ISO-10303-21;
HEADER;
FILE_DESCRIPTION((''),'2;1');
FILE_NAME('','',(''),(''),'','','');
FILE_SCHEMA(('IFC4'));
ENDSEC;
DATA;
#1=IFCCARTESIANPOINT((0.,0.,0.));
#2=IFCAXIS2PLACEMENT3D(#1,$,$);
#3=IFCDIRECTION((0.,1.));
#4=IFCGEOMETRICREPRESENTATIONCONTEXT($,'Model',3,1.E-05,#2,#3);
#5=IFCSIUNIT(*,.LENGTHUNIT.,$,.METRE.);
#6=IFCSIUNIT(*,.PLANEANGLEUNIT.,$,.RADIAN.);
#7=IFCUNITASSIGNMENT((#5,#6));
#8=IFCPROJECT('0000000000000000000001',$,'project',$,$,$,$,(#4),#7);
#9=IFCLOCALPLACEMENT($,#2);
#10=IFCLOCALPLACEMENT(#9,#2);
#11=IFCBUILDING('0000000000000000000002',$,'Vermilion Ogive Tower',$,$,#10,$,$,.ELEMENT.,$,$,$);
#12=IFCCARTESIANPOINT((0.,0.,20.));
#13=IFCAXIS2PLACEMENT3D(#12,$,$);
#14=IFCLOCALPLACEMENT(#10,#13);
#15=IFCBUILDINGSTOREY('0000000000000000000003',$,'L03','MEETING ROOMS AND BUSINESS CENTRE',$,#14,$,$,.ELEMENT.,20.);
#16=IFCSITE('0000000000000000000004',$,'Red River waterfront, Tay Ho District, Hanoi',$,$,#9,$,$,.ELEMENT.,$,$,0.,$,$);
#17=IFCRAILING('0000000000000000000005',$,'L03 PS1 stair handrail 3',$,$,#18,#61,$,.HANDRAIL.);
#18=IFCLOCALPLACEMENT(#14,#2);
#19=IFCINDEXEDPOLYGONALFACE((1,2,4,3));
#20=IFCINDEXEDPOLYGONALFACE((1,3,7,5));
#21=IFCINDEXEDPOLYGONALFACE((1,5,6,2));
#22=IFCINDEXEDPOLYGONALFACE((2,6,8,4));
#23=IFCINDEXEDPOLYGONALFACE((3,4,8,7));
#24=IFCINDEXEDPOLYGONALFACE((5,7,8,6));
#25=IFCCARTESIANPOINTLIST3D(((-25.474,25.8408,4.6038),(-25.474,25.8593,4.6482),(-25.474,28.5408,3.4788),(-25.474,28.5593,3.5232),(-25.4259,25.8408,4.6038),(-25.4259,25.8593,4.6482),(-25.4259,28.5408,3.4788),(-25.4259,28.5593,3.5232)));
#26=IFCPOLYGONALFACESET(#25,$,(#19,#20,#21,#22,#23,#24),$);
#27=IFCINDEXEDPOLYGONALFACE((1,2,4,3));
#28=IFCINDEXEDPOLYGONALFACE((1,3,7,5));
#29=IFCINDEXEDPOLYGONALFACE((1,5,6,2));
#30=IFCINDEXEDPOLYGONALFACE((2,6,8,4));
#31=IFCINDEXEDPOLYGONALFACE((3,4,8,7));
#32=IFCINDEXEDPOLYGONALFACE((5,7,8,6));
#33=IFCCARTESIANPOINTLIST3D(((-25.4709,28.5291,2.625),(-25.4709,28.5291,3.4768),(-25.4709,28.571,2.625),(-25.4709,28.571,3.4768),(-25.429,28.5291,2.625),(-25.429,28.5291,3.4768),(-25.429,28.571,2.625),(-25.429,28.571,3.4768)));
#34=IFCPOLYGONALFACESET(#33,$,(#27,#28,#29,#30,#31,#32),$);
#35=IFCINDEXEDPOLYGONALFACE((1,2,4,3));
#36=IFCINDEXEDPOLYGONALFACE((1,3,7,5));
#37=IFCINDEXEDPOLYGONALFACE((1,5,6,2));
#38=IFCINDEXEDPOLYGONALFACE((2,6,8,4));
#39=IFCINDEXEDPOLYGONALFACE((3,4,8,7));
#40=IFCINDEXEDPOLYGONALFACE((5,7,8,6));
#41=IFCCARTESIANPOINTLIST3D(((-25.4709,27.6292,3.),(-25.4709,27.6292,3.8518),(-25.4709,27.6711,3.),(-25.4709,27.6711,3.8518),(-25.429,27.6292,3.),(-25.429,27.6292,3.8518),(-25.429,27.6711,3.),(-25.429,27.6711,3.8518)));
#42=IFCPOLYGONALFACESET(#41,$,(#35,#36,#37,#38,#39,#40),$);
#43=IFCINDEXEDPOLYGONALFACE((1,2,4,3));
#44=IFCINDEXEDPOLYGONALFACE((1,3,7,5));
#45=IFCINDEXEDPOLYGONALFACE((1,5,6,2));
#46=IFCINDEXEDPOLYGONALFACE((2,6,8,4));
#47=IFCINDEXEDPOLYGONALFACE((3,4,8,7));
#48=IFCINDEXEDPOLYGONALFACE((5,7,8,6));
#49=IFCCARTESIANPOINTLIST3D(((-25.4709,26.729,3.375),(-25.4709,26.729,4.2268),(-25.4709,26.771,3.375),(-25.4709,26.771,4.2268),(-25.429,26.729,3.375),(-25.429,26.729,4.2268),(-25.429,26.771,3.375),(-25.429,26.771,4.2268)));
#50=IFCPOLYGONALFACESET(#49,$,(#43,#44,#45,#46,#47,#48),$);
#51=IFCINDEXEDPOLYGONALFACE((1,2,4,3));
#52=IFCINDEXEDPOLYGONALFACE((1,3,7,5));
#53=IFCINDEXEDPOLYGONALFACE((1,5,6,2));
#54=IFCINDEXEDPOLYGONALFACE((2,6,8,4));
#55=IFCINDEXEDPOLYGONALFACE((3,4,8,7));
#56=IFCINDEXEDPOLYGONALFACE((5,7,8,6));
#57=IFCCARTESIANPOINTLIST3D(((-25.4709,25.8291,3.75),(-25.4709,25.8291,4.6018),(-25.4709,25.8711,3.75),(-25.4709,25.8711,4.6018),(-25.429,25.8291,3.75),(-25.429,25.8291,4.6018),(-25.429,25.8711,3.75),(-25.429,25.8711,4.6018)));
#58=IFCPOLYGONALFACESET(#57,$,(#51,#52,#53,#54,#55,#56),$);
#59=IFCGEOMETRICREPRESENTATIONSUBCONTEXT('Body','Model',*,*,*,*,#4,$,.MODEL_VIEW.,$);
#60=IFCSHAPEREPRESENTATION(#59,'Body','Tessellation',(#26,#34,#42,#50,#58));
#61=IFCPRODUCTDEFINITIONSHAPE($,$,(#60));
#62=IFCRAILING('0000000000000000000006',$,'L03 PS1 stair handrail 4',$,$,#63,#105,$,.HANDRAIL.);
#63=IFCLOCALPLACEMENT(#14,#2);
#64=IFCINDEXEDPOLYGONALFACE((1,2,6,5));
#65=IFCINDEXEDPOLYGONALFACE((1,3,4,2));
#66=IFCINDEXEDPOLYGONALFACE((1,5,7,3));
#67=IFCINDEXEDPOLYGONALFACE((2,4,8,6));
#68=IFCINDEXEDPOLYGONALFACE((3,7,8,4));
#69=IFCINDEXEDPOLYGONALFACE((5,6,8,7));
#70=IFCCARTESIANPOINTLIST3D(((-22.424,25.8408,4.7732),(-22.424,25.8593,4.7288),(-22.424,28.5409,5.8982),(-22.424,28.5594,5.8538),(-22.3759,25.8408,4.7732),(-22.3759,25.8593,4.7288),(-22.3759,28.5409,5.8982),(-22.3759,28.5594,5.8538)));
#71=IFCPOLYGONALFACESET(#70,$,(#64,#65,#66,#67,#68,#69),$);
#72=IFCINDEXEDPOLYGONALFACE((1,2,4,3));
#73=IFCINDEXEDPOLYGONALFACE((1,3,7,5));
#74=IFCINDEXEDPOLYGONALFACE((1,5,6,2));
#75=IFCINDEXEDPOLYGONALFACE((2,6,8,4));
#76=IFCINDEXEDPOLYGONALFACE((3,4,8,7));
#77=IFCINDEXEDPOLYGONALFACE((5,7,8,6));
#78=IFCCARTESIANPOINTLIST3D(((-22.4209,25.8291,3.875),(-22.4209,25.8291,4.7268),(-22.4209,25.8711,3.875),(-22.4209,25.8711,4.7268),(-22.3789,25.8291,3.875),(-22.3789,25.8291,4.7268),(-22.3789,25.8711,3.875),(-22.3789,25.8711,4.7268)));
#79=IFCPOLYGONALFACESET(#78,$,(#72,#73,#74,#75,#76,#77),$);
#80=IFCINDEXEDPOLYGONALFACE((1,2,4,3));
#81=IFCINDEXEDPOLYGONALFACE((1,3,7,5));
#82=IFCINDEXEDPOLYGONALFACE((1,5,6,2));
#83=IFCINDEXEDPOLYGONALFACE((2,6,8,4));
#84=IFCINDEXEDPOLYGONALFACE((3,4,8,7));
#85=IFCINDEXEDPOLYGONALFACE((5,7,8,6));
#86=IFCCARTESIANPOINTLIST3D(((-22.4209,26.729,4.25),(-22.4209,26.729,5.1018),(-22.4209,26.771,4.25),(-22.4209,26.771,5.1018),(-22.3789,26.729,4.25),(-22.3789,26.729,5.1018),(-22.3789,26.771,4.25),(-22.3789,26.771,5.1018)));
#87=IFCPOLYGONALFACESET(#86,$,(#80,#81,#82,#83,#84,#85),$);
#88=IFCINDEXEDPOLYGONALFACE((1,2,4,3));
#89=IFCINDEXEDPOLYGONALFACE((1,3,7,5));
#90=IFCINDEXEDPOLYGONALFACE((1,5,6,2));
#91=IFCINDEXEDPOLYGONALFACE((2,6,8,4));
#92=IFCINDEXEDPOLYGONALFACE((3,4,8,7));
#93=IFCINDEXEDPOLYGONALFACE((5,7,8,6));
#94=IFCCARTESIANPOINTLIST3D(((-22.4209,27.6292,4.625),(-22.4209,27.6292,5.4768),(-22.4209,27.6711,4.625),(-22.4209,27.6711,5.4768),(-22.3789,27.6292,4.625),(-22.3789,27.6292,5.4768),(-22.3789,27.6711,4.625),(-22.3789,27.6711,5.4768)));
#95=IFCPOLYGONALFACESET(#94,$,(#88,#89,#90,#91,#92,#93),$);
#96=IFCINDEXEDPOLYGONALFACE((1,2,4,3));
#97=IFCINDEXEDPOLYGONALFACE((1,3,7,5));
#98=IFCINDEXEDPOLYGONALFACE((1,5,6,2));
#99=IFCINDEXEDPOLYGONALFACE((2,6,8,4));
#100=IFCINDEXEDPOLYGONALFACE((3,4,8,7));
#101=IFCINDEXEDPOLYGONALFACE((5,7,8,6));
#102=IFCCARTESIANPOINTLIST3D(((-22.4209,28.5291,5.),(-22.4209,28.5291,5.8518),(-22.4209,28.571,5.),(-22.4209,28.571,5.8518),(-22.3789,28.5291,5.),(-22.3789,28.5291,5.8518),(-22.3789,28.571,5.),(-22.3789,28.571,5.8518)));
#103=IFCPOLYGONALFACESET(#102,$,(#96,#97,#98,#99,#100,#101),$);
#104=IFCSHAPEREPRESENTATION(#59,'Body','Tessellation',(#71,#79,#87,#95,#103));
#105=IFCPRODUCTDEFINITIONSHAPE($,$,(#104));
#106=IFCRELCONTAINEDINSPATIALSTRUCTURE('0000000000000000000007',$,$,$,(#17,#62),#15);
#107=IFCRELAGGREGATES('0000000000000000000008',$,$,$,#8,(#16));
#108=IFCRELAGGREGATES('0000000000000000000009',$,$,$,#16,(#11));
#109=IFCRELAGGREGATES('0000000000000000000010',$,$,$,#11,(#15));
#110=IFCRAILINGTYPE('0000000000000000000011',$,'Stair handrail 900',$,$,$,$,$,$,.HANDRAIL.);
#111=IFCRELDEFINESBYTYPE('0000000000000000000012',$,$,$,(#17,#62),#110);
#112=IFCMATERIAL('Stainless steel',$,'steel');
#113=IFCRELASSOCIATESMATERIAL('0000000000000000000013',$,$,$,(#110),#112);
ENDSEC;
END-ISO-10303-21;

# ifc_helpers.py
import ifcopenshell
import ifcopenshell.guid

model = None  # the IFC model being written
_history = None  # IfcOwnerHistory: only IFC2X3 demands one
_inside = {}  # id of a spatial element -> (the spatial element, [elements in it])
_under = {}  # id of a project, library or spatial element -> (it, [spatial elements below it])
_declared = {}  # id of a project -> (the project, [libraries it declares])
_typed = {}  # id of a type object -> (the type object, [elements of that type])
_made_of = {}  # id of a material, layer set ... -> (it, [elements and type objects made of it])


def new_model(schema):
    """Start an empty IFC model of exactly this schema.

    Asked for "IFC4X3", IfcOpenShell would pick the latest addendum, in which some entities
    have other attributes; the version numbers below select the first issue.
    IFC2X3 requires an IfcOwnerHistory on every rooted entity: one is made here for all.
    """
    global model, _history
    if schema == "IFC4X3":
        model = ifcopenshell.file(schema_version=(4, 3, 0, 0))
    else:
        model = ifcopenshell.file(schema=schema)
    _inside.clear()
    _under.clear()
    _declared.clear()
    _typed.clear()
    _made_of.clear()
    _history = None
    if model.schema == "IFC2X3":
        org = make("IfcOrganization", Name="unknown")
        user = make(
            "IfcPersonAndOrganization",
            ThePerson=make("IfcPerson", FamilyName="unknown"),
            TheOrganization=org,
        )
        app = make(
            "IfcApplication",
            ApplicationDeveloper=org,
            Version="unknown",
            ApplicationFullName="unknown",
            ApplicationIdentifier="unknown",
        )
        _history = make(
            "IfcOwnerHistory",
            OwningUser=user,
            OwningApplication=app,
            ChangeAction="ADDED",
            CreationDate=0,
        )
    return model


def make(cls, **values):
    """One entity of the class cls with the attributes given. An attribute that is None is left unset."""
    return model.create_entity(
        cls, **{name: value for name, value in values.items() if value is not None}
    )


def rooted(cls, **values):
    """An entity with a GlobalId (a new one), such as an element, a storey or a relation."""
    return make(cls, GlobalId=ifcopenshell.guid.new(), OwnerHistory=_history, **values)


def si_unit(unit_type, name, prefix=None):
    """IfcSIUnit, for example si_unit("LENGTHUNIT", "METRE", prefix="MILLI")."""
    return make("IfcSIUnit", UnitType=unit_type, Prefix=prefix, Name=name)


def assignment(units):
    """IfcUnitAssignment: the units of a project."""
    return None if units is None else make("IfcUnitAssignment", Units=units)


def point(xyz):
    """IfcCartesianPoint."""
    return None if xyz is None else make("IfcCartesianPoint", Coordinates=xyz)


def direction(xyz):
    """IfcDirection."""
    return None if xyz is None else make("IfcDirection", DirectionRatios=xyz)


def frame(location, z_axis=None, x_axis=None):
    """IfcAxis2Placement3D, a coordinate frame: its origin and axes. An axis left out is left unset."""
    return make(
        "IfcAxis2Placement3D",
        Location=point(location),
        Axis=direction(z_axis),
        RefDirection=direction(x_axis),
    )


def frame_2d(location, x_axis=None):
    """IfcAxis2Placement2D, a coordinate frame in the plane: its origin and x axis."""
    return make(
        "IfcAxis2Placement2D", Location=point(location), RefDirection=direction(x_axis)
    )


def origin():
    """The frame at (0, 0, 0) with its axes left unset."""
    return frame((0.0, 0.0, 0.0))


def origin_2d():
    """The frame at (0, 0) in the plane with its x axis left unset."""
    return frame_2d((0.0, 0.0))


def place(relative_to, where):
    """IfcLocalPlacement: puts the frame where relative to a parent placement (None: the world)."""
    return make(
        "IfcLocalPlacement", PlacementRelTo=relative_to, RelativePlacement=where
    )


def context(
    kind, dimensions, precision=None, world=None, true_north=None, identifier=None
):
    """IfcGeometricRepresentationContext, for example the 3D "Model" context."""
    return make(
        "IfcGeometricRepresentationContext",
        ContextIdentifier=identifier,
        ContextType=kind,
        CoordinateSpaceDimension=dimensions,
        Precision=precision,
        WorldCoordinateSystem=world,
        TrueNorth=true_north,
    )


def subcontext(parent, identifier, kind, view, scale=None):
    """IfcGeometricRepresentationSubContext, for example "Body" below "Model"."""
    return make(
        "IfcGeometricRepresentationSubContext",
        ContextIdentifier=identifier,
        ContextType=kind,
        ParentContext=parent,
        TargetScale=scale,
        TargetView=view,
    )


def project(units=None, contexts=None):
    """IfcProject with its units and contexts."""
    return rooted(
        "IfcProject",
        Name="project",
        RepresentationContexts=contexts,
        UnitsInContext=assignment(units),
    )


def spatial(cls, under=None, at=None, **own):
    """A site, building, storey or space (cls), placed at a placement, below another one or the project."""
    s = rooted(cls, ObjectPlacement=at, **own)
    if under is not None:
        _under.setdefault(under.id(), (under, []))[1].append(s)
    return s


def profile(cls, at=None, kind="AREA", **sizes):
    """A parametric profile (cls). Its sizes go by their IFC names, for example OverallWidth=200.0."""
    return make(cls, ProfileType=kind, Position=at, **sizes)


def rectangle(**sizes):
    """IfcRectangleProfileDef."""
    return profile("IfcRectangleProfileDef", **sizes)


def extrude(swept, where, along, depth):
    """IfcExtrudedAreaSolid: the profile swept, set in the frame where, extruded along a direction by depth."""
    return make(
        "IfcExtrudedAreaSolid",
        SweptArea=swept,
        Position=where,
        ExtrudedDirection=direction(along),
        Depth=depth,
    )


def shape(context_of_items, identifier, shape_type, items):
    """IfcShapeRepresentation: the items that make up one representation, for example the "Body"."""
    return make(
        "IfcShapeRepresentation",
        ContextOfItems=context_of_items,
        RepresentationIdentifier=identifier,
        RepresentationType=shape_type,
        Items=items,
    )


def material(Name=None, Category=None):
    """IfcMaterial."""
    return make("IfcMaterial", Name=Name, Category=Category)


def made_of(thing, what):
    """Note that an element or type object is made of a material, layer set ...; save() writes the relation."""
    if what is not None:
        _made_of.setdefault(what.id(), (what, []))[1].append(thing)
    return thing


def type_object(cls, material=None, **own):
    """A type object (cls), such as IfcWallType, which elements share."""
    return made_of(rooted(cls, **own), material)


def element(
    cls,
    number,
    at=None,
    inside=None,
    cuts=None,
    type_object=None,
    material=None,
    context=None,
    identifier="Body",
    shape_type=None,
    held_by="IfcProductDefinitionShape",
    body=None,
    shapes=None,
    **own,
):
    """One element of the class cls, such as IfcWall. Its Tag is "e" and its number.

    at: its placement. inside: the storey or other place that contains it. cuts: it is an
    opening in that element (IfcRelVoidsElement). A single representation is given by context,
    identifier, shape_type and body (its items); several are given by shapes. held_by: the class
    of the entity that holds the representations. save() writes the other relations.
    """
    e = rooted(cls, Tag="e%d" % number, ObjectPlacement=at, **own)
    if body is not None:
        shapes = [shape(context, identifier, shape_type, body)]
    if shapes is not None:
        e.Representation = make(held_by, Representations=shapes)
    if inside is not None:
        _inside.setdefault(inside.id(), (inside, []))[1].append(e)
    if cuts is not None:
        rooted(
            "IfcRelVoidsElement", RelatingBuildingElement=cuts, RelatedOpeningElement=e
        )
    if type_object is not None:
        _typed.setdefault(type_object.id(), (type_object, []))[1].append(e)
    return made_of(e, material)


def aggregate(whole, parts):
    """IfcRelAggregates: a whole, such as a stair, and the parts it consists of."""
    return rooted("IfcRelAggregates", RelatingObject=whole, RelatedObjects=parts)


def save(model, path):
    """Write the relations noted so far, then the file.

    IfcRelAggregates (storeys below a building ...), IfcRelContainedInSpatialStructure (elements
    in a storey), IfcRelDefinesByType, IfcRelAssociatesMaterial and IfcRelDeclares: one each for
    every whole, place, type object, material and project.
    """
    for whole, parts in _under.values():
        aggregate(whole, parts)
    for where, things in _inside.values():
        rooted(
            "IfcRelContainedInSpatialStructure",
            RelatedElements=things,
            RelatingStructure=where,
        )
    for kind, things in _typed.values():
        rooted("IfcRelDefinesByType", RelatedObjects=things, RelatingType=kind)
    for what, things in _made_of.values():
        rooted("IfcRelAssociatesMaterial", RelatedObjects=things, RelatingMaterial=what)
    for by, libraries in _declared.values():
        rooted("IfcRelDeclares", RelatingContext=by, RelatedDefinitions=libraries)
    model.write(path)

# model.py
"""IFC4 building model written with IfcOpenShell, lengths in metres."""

from ifc_helpers import new_model, si_unit, direction, frame, origin, origin_2d, place, context, subcontext, project, spatial, rectangle, extrude, material, type_object, element, save


model = new_model("IFC4")

# Units and contexts
model_context = context("Model", 3, precision=1e-05, world=origin(), true_north=direction((0.0, 1.0)))
body_context = subcontext(model_context, "Body", "Model", "MODEL_VIEW")
ifc_project = project(units=[si_unit("LENGTHUNIT", "METRE"), si_unit("PLANEANGLEUNIT", "RADIAN")], contexts=[model_context])

# Site, building, storey
site_placement = place(None, origin())
site = spatial("IfcSite", under=ifc_project, at=site_placement, Name="Red River waterfront, Tay Ho District, Hanoi", CompositionType="ELEMENT", RefElevation=0.0)
building_placement = place(site_placement, origin())
building = spatial("IfcBuilding", under=site, at=building_placement, Name="Vermilion Ogive Tower", CompositionType="ELEMENT")
storey_placement = place(building_placement, frame((0.0, 0.0, 20.0)))
storey = spatial("IfcBuildingStorey", under=building, at=storey_placement, Name="L03", Description="MEETING ROOMS AND BUSINESS CENTRE", CompositionType="ELEMENT", Elevation=20.0)

# Railings
ifc_material_1 = material(Name="Stainless steel", Category="steel")
railing_type_1 = type_object("IfcRailingType", Name="Stair handrail 900", PredefinedType="HANDRAIL", material=ifc_material_1)
for number, where, name in (
    (1, (-25.45, 28.55, 2.625), "L03 PS1 stair handrail 3"),
):
    element("IfcRailing", number, at=place(storey_placement, frame(where)), inside=storey, type_object=railing_type_1, Name=name, PredefinedType="HANDRAIL", context=body_context, shape_type="SweptSolid", body=[
        extrude(rectangle(XDim=0.0481, YDim=0.0481, at=origin_2d()), frame((0.0, 0.0, 0.876), z_axis=(0.0, -0.923074, 0.384621), x_axis=(1.0, 0.0, 0.0)), (0.0, 0.0, 1.0), 2.925),
        extrude(rectangle(XDim=0.042, YDim=0.042, at=origin_2d()), origin(), (0.0, 0.0, 1.0), 0.8518),
        extrude(rectangle(XDim=0.042, YDim=0.042, at=origin_2d()), frame((0.0, -0.8999, 0.375)), (0.0, 0.0, 1.0), 0.8518),
        extrude(rectangle(XDim=0.042, YDim=0.042, at=origin_2d()), frame((0.0, -1.8, 0.75)), (0.0, 0.0, 1.0), 0.8518),
        extrude(rectangle(XDim=0.042, YDim=0.042, at=origin_2d()), frame((0.0, -2.7, 1.125)), (0.0, 0.0, 1.0), 0.8518),
    ])
railing_1_placement = place(storey_placement, frame((-22.3999, 25.8501, 3.875)))
element("IfcRailing", 2, at=railing_1_placement, inside=storey, type_object=railing_type_1, Name="L03 PS1 stair handrail 4", PredefinedType="HANDRAIL", context=body_context, shape_type="SweptSolid", body=[
    extrude(rectangle(XDim=0.0481, YDim=0.0481, at=origin_2d()), frame((0.0, 0.0, 0.876), z_axis=(0.0, 0.923074, 0.384621), x_axis=(-1.0, 0.0, 0.0)), (0.0, 0.0, 1.0), 2.925),
    extrude(rectangle(XDim=0.042, YDim=0.042, at=origin_2d()), origin(), (0.0, 0.0, 1.0), 0.8518),
    extrude(rectangle(XDim=0.042, YDim=0.042, at=origin_2d()), frame((0.0, 0.8999, 0.375)), (0.0, 0.0, 1.0), 0.8518),
    extrude(rectangle(XDim=0.042, YDim=0.042, at=origin_2d()), frame((0.0, 1.8, 0.75)), (0.0, 0.0, 1.0), 0.8518),
    extrude(rectangle(XDim=0.042, YDim=0.042, at=origin_2d()), frame((0.0, 2.7, 1.125)), (0.0, 0.0, 1.0), 0.8518),
])

save(model, "model.ifc")
